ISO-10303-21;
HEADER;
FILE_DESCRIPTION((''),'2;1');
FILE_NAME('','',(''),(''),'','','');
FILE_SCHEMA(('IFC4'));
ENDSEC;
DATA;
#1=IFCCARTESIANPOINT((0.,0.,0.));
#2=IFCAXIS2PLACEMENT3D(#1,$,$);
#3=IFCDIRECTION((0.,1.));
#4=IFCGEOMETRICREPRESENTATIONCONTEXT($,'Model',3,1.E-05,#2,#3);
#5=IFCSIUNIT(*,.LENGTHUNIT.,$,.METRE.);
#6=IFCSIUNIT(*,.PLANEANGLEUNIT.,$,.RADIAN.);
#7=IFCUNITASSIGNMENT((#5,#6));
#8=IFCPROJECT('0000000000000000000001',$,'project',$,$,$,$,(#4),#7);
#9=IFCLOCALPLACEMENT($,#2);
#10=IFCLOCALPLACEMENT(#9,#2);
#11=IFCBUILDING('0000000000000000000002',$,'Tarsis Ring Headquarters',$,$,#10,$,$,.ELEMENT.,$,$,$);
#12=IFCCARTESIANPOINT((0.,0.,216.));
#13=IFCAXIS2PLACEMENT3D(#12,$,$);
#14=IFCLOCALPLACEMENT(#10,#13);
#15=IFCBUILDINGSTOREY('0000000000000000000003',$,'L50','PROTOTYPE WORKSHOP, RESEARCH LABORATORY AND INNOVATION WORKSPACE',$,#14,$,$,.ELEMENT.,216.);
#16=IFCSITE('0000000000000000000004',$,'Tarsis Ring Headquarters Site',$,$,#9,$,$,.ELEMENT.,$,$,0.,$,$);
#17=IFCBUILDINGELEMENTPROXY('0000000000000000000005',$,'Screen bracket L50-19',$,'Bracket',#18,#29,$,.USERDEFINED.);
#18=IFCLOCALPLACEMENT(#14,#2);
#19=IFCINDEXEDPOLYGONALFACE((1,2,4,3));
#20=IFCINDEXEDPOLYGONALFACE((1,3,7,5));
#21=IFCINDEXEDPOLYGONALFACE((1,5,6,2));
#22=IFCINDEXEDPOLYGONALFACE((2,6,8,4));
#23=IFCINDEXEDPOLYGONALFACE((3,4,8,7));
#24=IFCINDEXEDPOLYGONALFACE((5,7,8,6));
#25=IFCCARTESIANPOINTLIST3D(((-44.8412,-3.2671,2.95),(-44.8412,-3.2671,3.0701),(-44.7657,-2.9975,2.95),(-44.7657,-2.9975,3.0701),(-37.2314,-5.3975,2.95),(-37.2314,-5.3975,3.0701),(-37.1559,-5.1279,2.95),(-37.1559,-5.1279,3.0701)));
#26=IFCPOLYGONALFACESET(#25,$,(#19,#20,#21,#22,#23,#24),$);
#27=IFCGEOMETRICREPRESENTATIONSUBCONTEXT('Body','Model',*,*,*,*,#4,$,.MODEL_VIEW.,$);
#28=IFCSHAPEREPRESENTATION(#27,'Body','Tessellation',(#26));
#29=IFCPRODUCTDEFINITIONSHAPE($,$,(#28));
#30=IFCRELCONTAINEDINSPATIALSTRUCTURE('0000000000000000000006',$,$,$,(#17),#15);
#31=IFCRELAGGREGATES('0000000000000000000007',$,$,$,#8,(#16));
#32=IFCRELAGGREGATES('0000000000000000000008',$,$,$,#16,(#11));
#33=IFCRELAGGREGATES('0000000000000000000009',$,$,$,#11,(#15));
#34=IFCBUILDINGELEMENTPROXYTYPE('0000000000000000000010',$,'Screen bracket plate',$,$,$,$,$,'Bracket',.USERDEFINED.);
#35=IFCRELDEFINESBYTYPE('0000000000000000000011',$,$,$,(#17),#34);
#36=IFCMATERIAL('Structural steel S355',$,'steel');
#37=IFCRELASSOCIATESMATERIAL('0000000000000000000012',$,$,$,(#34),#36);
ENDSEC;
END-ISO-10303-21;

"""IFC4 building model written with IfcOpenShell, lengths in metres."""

from ifc_helpers import new_model, si_unit, direction, frame, origin, origin_2d, place, context, subcontext, project, spatial, rectangle, extrude, material, type_object, element, save


model = new_model("IFC4")

# Units and contexts
model_context = context("Model", 3, precision=1e-05, world=origin(), true_north=direction((0.0, 1.0)))
body_context = subcontext(model_context, "Body", "Model", "MODEL_VIEW")
ifc_project = project(units=[si_unit("LENGTHUNIT", "METRE"), si_unit("PLANEANGLEUNIT", "RADIAN")], contexts=[model_context])

# Site, building, storey
site_placement = place(None, origin())
site = spatial("IfcSite", under=ifc_project, at=site_placement, Name="Tarsis Ring Headquarters Site", CompositionType="ELEMENT", RefElevation=0.0)
building_placement = place(site_placement, origin())
building = spatial("IfcBuilding", under=site, at=building_placement, Name="Tarsis Ring Headquarters", CompositionType="ELEMENT")
storey_placement = place(building_placement, frame((0.0, 0.0, 216.0)))
storey = spatial("IfcBuildingStorey", under=building, at=storey_placement, Name="L50", Description="PROTOTYPE WORKSHOP, RESEARCH LABORATORY AND INNOVATION WORKSPACE", CompositionType="ELEMENT", Elevation=216.0)

# Shared definitions
ifc_material_1 = material(Name="Structural steel S355", Category="steel")

# Building element proxy
building_element_proxy_type = type_object("IfcBuildingElementProxyType", Name="Screen bracket plate", ElementType="Bracket", PredefinedType="USERDEFINED", material=ifc_material_1)
proxy_placement = place(storey_placement, frame((-40.9985, -4.1975, 2.95), z_axis=(0.0, 0.0, 1.0), x_axis=(0.962975, -0.269592, 0.0)))
element("IfcBuildingElementProxy", 1, at=proxy_placement, inside=storey, type_object=building_element_proxy_type, Name="Screen bracket L50-19", ObjectType="Bracket", PredefinedType="USERDEFINED", context=body_context, shape_type="SweptSolid", body=[
    extrude(rectangle(XDim=7.9023, YDim=0.28, at=origin_2d()), origin(), (0.0, 0.0, 1.0), 0.1201),
])

save(model, "model.ifc")
